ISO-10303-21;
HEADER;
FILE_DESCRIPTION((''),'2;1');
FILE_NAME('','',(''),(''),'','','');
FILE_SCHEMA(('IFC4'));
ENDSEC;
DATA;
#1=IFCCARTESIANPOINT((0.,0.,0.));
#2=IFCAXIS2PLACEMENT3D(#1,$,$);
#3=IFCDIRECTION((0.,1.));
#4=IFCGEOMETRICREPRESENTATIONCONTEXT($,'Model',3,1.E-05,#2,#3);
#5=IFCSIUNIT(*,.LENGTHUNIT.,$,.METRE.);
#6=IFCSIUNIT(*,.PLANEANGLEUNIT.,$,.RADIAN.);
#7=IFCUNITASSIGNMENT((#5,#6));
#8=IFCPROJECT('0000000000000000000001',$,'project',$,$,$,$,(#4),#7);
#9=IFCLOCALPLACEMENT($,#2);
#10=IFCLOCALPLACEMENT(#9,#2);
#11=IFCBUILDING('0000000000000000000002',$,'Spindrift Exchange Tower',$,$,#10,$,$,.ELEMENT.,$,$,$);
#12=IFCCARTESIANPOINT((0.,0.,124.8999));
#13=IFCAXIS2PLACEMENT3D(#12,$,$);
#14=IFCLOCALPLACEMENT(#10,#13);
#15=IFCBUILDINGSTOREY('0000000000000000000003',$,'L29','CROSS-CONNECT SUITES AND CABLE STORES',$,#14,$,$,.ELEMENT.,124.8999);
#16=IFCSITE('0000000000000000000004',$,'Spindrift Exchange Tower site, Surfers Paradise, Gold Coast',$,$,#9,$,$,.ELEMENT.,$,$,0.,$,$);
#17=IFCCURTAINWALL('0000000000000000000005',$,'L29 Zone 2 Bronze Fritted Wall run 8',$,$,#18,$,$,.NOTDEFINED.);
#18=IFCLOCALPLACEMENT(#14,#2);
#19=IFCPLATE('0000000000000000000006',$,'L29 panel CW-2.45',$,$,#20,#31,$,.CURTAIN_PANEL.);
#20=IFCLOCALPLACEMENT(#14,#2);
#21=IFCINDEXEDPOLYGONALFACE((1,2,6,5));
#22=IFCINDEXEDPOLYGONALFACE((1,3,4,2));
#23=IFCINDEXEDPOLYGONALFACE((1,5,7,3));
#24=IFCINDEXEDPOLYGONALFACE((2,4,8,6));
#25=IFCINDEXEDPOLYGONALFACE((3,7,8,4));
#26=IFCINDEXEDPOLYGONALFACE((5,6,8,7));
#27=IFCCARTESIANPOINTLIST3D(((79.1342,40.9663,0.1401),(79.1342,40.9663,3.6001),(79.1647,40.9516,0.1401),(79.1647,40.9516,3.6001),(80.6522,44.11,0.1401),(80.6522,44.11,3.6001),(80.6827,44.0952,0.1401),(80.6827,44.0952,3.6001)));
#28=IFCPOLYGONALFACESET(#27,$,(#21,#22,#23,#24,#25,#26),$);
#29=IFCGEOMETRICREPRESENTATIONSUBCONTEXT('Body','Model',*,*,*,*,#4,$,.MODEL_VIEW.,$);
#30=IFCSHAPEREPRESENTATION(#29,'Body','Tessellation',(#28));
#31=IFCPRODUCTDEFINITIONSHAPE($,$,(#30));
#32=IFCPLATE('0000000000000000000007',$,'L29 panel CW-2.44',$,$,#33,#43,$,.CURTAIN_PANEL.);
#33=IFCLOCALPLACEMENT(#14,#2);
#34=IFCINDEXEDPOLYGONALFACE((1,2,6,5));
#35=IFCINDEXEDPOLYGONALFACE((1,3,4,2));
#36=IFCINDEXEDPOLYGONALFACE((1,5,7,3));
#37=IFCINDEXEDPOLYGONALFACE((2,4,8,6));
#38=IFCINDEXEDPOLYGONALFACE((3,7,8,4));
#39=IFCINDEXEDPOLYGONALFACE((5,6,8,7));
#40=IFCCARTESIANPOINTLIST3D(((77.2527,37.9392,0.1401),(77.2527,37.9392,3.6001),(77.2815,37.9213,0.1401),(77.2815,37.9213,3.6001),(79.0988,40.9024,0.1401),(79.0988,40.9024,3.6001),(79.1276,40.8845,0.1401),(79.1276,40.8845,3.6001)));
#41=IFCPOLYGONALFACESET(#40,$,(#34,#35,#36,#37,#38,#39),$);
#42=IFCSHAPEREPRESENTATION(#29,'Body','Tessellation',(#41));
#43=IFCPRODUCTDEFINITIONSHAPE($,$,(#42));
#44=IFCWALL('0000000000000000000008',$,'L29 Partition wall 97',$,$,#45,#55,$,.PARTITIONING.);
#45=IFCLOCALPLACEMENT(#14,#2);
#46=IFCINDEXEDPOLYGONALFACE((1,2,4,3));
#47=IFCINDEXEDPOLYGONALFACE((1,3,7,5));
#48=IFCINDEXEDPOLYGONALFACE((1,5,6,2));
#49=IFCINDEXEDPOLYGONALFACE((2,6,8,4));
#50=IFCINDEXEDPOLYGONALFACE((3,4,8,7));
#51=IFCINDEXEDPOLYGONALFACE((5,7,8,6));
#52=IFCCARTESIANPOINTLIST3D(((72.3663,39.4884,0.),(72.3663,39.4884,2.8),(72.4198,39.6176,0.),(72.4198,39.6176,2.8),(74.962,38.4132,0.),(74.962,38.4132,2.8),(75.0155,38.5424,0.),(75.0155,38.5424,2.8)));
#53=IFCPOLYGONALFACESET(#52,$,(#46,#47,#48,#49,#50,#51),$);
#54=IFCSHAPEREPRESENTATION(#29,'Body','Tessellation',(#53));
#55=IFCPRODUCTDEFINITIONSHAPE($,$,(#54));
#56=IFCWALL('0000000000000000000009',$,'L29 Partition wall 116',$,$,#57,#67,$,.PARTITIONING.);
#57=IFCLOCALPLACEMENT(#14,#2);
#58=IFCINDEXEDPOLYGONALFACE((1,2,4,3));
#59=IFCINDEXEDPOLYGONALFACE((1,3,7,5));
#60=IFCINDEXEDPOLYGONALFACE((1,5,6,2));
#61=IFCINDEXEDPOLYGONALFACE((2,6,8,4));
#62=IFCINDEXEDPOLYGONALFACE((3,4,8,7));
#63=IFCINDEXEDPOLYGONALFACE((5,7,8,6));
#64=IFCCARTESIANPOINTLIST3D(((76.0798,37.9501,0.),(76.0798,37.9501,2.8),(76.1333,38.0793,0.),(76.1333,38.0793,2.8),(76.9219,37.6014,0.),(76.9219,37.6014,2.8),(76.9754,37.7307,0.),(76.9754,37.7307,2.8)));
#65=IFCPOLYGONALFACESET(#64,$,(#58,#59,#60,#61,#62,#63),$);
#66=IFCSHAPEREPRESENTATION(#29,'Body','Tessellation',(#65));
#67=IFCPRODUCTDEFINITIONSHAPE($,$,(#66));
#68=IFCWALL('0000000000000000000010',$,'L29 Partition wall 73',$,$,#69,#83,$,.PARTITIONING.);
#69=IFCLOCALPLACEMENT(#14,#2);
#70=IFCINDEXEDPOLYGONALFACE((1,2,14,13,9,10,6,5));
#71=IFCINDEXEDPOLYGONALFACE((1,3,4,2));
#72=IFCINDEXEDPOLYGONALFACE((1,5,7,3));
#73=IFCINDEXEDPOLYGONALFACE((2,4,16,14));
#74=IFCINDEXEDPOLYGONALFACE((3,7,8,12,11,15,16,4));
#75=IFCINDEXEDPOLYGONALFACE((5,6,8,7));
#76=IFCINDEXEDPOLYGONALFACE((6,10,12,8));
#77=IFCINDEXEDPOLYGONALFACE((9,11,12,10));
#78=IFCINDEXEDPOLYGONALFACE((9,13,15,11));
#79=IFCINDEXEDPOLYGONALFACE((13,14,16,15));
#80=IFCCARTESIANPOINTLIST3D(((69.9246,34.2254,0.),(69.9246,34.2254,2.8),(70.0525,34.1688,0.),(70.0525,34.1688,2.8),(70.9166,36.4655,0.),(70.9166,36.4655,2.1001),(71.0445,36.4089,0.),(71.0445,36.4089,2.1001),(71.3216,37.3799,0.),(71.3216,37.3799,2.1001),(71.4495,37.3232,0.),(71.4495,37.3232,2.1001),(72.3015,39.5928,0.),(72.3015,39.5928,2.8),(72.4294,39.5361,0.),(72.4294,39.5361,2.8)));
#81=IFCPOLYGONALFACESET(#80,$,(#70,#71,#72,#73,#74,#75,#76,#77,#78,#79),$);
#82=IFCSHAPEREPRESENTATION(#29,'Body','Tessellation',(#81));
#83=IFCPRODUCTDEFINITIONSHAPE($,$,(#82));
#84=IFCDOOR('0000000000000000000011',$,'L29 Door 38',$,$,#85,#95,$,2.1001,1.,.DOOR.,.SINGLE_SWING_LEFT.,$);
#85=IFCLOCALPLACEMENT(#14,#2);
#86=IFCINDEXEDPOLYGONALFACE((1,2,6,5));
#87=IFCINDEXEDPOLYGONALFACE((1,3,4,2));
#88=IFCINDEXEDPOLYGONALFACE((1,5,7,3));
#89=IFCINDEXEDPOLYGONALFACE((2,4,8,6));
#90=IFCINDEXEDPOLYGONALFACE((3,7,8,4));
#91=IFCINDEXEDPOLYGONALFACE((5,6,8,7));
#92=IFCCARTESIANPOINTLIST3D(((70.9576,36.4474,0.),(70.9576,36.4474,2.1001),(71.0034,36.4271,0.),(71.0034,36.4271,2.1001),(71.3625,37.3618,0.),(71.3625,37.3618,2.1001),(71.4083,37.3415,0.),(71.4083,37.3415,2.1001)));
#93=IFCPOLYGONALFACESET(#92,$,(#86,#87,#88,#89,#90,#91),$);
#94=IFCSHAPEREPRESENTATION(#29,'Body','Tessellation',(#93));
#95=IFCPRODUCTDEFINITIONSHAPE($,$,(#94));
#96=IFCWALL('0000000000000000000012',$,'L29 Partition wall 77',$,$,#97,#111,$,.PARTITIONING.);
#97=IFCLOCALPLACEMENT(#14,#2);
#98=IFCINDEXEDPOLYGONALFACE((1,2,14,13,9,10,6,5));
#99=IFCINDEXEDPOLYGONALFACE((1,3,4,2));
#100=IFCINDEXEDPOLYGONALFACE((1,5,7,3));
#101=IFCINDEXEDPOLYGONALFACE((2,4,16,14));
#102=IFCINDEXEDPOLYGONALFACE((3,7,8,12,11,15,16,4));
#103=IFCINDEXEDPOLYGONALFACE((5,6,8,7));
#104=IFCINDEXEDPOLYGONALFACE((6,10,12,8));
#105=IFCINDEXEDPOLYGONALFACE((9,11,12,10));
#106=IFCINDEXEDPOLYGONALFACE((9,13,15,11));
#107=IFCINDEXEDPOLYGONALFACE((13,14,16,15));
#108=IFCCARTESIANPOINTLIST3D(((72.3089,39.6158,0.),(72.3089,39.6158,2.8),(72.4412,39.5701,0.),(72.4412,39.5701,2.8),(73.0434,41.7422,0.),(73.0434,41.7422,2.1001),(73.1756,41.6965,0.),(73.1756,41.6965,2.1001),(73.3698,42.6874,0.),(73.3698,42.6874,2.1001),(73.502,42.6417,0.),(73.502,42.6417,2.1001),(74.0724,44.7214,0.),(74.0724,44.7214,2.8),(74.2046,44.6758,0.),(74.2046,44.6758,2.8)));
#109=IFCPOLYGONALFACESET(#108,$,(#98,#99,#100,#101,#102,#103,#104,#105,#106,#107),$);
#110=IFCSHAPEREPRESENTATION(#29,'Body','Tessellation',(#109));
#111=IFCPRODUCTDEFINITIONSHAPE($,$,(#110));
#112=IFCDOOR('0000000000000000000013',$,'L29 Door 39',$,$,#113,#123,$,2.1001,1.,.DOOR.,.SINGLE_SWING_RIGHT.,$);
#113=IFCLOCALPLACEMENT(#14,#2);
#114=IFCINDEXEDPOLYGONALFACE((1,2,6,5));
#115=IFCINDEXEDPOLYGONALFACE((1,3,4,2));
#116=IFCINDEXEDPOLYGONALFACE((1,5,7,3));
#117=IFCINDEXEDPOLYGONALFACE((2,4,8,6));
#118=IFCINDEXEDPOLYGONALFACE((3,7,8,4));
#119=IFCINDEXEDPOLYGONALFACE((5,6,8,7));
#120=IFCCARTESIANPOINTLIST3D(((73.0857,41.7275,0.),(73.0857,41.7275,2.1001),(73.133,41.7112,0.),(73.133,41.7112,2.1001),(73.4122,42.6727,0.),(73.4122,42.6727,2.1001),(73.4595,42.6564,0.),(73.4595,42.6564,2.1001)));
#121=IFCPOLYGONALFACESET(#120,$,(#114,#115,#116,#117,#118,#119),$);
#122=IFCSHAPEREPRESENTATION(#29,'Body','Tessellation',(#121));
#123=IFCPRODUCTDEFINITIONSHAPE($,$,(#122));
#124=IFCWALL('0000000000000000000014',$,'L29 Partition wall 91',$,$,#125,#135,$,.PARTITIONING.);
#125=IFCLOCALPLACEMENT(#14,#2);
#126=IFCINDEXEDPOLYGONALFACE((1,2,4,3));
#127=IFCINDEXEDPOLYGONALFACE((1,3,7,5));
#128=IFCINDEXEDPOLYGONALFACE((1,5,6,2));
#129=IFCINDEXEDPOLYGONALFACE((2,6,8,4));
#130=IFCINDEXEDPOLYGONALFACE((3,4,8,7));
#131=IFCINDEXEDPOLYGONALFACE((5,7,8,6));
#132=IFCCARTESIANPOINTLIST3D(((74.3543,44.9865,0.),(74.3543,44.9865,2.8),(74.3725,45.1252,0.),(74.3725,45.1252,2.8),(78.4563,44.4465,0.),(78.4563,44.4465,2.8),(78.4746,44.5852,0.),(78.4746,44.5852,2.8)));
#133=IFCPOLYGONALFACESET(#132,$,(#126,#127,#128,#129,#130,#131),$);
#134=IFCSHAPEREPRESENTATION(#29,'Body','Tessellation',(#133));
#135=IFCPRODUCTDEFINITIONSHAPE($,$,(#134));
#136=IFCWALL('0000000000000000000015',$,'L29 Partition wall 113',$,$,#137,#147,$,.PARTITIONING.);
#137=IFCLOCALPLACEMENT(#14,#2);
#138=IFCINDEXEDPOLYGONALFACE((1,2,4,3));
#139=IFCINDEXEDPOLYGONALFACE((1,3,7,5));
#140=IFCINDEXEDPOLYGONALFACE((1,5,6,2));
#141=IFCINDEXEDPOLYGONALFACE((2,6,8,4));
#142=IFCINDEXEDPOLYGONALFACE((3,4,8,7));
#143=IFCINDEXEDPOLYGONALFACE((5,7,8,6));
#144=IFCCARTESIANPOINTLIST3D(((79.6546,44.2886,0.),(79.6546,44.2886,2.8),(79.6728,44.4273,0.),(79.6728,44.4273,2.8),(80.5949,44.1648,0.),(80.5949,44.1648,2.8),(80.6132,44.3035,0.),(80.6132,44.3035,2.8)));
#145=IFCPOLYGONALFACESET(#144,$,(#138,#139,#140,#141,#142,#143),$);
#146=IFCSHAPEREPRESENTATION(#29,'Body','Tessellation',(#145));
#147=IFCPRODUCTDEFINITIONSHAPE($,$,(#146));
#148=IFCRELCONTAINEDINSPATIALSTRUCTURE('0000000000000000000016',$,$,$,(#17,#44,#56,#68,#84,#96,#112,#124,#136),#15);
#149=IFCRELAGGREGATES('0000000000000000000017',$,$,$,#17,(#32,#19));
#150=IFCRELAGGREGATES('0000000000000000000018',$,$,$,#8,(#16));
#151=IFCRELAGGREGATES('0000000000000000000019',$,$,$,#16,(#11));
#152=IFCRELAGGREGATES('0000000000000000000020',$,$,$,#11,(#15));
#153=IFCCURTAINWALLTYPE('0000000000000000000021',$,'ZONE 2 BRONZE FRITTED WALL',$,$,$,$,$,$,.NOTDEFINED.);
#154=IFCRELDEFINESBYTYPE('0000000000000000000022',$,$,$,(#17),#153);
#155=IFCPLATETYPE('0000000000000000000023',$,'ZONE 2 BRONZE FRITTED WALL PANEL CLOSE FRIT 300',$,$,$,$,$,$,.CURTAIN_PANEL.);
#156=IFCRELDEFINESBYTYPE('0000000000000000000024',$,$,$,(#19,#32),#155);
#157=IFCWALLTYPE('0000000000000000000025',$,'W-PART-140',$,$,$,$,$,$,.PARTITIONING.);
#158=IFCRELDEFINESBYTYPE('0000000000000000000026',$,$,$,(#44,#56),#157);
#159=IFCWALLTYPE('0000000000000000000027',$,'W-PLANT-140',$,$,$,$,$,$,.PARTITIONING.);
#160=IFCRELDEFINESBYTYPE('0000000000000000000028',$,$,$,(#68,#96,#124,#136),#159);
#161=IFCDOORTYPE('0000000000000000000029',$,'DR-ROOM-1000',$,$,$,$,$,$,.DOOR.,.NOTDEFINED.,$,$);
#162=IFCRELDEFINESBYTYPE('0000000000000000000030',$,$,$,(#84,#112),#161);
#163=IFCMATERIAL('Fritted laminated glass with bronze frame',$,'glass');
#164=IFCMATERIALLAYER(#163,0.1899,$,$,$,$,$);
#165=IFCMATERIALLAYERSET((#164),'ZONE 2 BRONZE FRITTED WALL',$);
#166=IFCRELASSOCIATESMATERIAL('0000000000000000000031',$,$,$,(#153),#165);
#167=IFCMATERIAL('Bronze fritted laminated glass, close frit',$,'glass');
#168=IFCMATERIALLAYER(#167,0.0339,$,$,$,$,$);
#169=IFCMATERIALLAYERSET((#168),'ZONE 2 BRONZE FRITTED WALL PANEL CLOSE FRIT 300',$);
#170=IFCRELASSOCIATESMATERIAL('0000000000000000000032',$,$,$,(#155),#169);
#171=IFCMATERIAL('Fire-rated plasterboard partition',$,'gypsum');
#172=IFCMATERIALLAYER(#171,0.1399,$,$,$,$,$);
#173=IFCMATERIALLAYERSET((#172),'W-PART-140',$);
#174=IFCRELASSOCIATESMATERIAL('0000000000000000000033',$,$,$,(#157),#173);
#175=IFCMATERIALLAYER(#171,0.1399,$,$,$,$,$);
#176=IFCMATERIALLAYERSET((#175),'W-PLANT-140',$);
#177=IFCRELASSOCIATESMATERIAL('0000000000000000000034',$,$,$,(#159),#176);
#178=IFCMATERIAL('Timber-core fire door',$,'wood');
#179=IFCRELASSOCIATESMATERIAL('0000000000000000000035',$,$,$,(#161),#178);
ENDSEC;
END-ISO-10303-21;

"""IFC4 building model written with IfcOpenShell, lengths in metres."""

from ifc_helpers import new_model, si_unit, direction, frame, frame_2d, origin, origin_2d, place, context, subcontext, project, spatial, rectangle, extrude, source, transform, mapped, material, layer, layer_set, type_object, element, fill, aggregate, save


model = new_model("IFC4")

# Units and contexts
model_context = context("Model", 3, precision=1e-05, world=origin(), true_north=direction((0.0, 1.0)))
body_context = subcontext(model_context, "Body", "Model", "MODEL_VIEW")
ifc_project = project(units=[si_unit("LENGTHUNIT", "METRE"), si_unit("PLANEANGLEUNIT", "RADIAN")], contexts=[model_context])

# Site, building, storey
site_placement = place(None, origin())
site = spatial("IfcSite", under=ifc_project, at=site_placement, Name="Spindrift Exchange Tower site, Surfers Paradise, Gold Coast", CompositionType="ELEMENT", RefElevation=0.0)
building_placement = place(site_placement, origin())
building = spatial("IfcBuilding", under=site, at=building_placement, Name="Spindrift Exchange Tower", CompositionType="ELEMENT")
storey_placement = place(building_placement, frame((0.0, 0.0, 124.8999)))
storey = spatial("IfcBuildingStorey", under=building, at=storey_placement, Name="L29", Description="CROSS-CONNECT SUITES AND CABLE STORES", CompositionType="ELEMENT", Elevation=124.8999)

# Curtain wall, plates
ifc_material_1 = material(Name="Fritted laminated glass with bronze frame", Category="glass")
ifc_layer_1 = layer(ifc_material_1, 0.1899)
ifc_layer_set_1 = layer_set([ifc_layer_1], Name="ZONE 2 BRONZE FRITTED WALL")
curtain_wall_type = type_object("IfcCurtainWallType", Name="ZONE 2 BRONZE FRITTED WALL", PredefinedType="NOTDEFINED", material=ifc_layer_set_1)
curtain_wall_placement = place(storey_placement, origin())
curtain_wall = element("IfcCurtainWall", 1, at=curtain_wall_placement, inside=storey, type_object=curtain_wall_type, Name="L29 Zone 2 Bronze Fritted Wall run 8", PredefinedType="NOTDEFINED")
ifc_material_2 = material(Name="Bronze fritted laminated glass, close frit", Category="glass")
ifc_layer_2 = layer(ifc_material_2, 0.0339)
ifc_layer_set_2 = layer_set([ifc_layer_2], Name="ZONE 2 BRONZE FRITTED WALL PANEL CLOSE FRIT 300")
plate_type_1 = type_object("IfcPlateType", Name="ZONE 2 BRONZE FRITTED WALL PANEL CLOSE FRIT 300", PredefinedType="CURTAIN_PANEL", material=ifc_layer_set_2)
shared_shape_1 = source(origin(), body_context, "Body", "SweptSolid", [
    extrude(rectangle(XDim=3.491, YDim=0.0339, at=origin_2d()), origin(), (0.0, 0.0, 1.0), 3.46),
])
plate_1_placement = place(storey_placement, frame((79.9084, 42.5308, 0.1401), z_axis=(0.0, 0.0, 1.0), x_axis=(0.434843, 0.900506, 0.0)))
plate_1 = element("IfcPlate", 2, at=plate_1_placement, type_object=plate_type_1, Name="L29 panel CW-2.45", PredefinedType="CURTAIN_PANEL", context=body_context, shape_type="MappedRepresentation", body=[
    mapped(shared_shape_1, transform((0.0, 0.0, 0.0), scale=1.0)),
])
shared_shape_2 = source(origin(), body_context, "Body", "SweptSolid", [
    extrude(rectangle(XDim=3.4912, YDim=0.0339, at=origin_2d()), origin(), (0.0, 0.0, 1.0), 3.46),
])
plate_2_placement = place(storey_placement, frame((78.1902, 39.4119, 0.1401), z_axis=(0.0, 0.0, 1.0), x_axis=(0.528779, 0.848759, 0.0)))
plate_2 = element("IfcPlate", 3, at=plate_2_placement, type_object=plate_type_1, Name="L29 panel CW-2.44", PredefinedType="CURTAIN_PANEL", context=body_context, shape_type="MappedRepresentation", body=[
    mapped(shared_shape_2, transform((0.0, 0.0, 0.0), scale=1.0)),
])
aggregate(curtain_wall, [plate_2, plate_1])

# Walls
ifc_material_3 = material(Name="Fire-rated plasterboard partition", Category="gypsum")
ifc_layer_3 = layer(ifc_material_3, 0.1399)
ifc_layer_set_3 = layer_set([ifc_layer_3], Name="W-PART-140")
wall_type_1 = type_object("IfcWallType", Name="W-PART-140", PredefinedType="PARTITIONING", material=ifc_layer_set_3)
wall_1_placement = place(storey_placement, frame((72.3931, 39.553, 0.0), z_axis=(0.0, 0.0, 1.0), x_axis=(0.923877, -0.382689, 0.0)))
element("IfcWall", 4, at=wall_1_placement, inside=storey, type_object=wall_type_1, Name="L29 Partition wall 97", PredefinedType="PARTITIONING", context=body_context, shape_type="SweptSolid", body=[
    extrude(rectangle(XDim=2.8096, YDim=0.1399, at=frame_2d((1.4048, 0.0))), origin(), (0.0, 0.0, 1.0), 2.8),
])
wall_2_placement = place(storey_placement, frame((76.1067, 38.0146, 0.0), z_axis=(0.0, 0.0, 1.0), x_axis=(0.923938, -0.382541, 0.0)))
element("IfcWall", 5, at=wall_2_placement, inside=storey, type_object=wall_type_1, Name="L29 Partition wall 116", PredefinedType="PARTITIONING", context=body_context, shape_type="SweptSolid", body=[
    extrude(rectangle(XDim=0.9114, YDim=0.1399, at=frame_2d((0.4556, 0.0))), origin(), (0.0, 0.0, 1.0), 2.8),
])

# Walls, openings, doors
ifc_layer_4 = layer(ifc_material_3, 0.1399)
ifc_layer_set_4 = layer_set([ifc_layer_4], Name="W-PLANT-140")
wall_type_2 = type_object("IfcWallType", Name="W-PLANT-140", PredefinedType="PARTITIONING", material=ifc_layer_set_4)
wall_3_placement = place(storey_placement, frame((72.3655, 39.5645, 0.0), z_axis=(0.0, 0.0, 1.0), x_axis=(-0.404919, -0.914353, 0.0)))
wall_3 = element("IfcWall", 6, at=wall_3_placement, inside=storey, type_object=wall_type_2, Name="L29 Partition wall 73", PredefinedType="PARTITIONING", context=body_context, shape_type="SweptSolid", body=[
    extrude(rectangle(XDim=5.8701, YDim=0.1399, at=frame_2d((2.9351, 0.0))), origin(), (0.0, 0.0, 1.0), 2.8),
])
opening_1_placement = place(wall_3_placement, frame((2.4202, 0.0, 0.0)))
opening_1 = element("IfcOpeningElement", 7, at=opening_1_placement, cuts=wall_3, PredefinedType="OPENING", context=body_context, shape_type="SweptSolid", body=[
    extrude(rectangle(XDim=1.0, YDim=2.1001, at=frame_2d((0.5, 1.05))), frame((0.0, 0.0798, 0.0), z_axis=(0.0, -1.0, 0.0), x_axis=(1.0, 0.0, 0.0)), (0.0, 0.0, 1.0), 0.1599),
])
ifc_material_4 = material(Name="Timber-core fire door", Category="wood")
door_type = type_object("IfcDoorType", Name="DR-ROOM-1000", OperationType="NOTDEFINED", PredefinedType="DOOR", material=ifc_material_4)
shared_shape_3 = source(origin(), body_context, "Body", "SweptSolid", [
    extrude(rectangle(XDim=1.0, YDim=2.1001, at=frame_2d((0.5, 1.05))), frame((0.0, 0.0249, 0.0), z_axis=(0.0, -1.0, 0.0), x_axis=(1.0, 0.0, 0.0)), (0.0, 0.0, 1.0), 0.05),
])
door_1_placement = place(opening_1_placement, origin())
door_1 = element("IfcDoor", 8, at=door_1_placement, inside=storey, type_object=door_type, Name="L29 Door 38", OperationType="SINGLE_SWING_LEFT", OverallHeight=2.1001, OverallWidth=1.0, PredefinedType="DOOR", context=body_context, shape_type="MappedRepresentation", body=[
    mapped(shared_shape_3, transform((0.0, 0.0, 0.0), scale=1.0)),
])
fill(opening_1, door_1)
wall_4_placement = place(storey_placement, frame((74.1384, 44.6985, 0.0), z_axis=(0.0, 0.0, 1.0), x_axis=(-0.32646, -0.945211, 0.0)))
wall_4 = element("IfcWall", 9, at=wall_4_placement, inside=storey, type_object=wall_type_2, Name="L29 Partition wall 77", PredefinedType="PARTITIONING", context=body_context, shape_type="SweptSolid", body=[
    extrude(rectangle(XDim=5.4016, YDim=0.1399, at=frame_2d((2.7007, 0.0))), origin(), (0.0, 0.0, 1.0), 2.8),
])
opening_2_placement = place(wall_4_placement, frame((2.1519, 0.0, 0.0)))
opening_2 = element("IfcOpeningElement", 10, at=opening_2_placement, cuts=wall_4, PredefinedType="OPENING", context=body_context, shape_type="SweptSolid", body=[
    extrude(rectangle(XDim=1.0, YDim=2.1001, at=frame_2d((0.5, 1.05))), frame((0.0, 0.0798, 0.0), z_axis=(0.0, -1.0, 0.0), x_axis=(1.0, 0.0, 0.0)), (0.0, 0.0, 1.0), 0.1599),
])
door_2_placement = place(opening_2_placement, origin())
door_2 = element("IfcDoor", 11, at=door_2_placement, inside=storey, type_object=door_type, Name="L29 Door 39", OperationType="SINGLE_SWING_RIGHT", OverallHeight=2.1001, OverallWidth=1.0, PredefinedType="DOOR", context=body_context, shape_type="MappedRepresentation", body=[
    mapped(shared_shape_3, transform((0.0, 0.0, 0.0), scale=1.0)),
])
fill(opening_2, door_2)

# Walls
wall_5_placement = place(storey_placement, frame((74.3633, 45.0559, 0.0), z_axis=(0.0, 0.0, 1.0), x_axis=(0.991445, -0.130525, 0.0)))
element("IfcWall", 12, at=wall_5_placement, inside=storey, type_object=wall_type_2, Name="L29 Partition wall 91", PredefinedType="PARTITIONING", context=body_context, shape_type="SweptSolid", body=[
    extrude(rectangle(XDim=4.1375, YDim=0.1399, at=frame_2d((2.0688, 0.0))), origin(), (0.0, 0.0, 1.0), 2.8),
])
wall_6_placement = place(storey_placement, frame((79.6638, 44.3579, 0.0), z_axis=(0.0, 0.0, 1.0), x_axis=(0.991449, -0.130494, 0.0)))
element("IfcWall", 13, at=wall_6_placement, inside=storey, type_object=wall_type_2, Name="L29 Partition wall 113", PredefinedType="PARTITIONING", context=body_context, shape_type="SweptSolid", body=[
    extrude(rectangle(XDim=0.9485, YDim=0.1399, at=frame_2d((0.4741, 0.0))), origin(), (0.0, 0.0, 1.0), 2.8),
])

save(model, "model.ifc")
